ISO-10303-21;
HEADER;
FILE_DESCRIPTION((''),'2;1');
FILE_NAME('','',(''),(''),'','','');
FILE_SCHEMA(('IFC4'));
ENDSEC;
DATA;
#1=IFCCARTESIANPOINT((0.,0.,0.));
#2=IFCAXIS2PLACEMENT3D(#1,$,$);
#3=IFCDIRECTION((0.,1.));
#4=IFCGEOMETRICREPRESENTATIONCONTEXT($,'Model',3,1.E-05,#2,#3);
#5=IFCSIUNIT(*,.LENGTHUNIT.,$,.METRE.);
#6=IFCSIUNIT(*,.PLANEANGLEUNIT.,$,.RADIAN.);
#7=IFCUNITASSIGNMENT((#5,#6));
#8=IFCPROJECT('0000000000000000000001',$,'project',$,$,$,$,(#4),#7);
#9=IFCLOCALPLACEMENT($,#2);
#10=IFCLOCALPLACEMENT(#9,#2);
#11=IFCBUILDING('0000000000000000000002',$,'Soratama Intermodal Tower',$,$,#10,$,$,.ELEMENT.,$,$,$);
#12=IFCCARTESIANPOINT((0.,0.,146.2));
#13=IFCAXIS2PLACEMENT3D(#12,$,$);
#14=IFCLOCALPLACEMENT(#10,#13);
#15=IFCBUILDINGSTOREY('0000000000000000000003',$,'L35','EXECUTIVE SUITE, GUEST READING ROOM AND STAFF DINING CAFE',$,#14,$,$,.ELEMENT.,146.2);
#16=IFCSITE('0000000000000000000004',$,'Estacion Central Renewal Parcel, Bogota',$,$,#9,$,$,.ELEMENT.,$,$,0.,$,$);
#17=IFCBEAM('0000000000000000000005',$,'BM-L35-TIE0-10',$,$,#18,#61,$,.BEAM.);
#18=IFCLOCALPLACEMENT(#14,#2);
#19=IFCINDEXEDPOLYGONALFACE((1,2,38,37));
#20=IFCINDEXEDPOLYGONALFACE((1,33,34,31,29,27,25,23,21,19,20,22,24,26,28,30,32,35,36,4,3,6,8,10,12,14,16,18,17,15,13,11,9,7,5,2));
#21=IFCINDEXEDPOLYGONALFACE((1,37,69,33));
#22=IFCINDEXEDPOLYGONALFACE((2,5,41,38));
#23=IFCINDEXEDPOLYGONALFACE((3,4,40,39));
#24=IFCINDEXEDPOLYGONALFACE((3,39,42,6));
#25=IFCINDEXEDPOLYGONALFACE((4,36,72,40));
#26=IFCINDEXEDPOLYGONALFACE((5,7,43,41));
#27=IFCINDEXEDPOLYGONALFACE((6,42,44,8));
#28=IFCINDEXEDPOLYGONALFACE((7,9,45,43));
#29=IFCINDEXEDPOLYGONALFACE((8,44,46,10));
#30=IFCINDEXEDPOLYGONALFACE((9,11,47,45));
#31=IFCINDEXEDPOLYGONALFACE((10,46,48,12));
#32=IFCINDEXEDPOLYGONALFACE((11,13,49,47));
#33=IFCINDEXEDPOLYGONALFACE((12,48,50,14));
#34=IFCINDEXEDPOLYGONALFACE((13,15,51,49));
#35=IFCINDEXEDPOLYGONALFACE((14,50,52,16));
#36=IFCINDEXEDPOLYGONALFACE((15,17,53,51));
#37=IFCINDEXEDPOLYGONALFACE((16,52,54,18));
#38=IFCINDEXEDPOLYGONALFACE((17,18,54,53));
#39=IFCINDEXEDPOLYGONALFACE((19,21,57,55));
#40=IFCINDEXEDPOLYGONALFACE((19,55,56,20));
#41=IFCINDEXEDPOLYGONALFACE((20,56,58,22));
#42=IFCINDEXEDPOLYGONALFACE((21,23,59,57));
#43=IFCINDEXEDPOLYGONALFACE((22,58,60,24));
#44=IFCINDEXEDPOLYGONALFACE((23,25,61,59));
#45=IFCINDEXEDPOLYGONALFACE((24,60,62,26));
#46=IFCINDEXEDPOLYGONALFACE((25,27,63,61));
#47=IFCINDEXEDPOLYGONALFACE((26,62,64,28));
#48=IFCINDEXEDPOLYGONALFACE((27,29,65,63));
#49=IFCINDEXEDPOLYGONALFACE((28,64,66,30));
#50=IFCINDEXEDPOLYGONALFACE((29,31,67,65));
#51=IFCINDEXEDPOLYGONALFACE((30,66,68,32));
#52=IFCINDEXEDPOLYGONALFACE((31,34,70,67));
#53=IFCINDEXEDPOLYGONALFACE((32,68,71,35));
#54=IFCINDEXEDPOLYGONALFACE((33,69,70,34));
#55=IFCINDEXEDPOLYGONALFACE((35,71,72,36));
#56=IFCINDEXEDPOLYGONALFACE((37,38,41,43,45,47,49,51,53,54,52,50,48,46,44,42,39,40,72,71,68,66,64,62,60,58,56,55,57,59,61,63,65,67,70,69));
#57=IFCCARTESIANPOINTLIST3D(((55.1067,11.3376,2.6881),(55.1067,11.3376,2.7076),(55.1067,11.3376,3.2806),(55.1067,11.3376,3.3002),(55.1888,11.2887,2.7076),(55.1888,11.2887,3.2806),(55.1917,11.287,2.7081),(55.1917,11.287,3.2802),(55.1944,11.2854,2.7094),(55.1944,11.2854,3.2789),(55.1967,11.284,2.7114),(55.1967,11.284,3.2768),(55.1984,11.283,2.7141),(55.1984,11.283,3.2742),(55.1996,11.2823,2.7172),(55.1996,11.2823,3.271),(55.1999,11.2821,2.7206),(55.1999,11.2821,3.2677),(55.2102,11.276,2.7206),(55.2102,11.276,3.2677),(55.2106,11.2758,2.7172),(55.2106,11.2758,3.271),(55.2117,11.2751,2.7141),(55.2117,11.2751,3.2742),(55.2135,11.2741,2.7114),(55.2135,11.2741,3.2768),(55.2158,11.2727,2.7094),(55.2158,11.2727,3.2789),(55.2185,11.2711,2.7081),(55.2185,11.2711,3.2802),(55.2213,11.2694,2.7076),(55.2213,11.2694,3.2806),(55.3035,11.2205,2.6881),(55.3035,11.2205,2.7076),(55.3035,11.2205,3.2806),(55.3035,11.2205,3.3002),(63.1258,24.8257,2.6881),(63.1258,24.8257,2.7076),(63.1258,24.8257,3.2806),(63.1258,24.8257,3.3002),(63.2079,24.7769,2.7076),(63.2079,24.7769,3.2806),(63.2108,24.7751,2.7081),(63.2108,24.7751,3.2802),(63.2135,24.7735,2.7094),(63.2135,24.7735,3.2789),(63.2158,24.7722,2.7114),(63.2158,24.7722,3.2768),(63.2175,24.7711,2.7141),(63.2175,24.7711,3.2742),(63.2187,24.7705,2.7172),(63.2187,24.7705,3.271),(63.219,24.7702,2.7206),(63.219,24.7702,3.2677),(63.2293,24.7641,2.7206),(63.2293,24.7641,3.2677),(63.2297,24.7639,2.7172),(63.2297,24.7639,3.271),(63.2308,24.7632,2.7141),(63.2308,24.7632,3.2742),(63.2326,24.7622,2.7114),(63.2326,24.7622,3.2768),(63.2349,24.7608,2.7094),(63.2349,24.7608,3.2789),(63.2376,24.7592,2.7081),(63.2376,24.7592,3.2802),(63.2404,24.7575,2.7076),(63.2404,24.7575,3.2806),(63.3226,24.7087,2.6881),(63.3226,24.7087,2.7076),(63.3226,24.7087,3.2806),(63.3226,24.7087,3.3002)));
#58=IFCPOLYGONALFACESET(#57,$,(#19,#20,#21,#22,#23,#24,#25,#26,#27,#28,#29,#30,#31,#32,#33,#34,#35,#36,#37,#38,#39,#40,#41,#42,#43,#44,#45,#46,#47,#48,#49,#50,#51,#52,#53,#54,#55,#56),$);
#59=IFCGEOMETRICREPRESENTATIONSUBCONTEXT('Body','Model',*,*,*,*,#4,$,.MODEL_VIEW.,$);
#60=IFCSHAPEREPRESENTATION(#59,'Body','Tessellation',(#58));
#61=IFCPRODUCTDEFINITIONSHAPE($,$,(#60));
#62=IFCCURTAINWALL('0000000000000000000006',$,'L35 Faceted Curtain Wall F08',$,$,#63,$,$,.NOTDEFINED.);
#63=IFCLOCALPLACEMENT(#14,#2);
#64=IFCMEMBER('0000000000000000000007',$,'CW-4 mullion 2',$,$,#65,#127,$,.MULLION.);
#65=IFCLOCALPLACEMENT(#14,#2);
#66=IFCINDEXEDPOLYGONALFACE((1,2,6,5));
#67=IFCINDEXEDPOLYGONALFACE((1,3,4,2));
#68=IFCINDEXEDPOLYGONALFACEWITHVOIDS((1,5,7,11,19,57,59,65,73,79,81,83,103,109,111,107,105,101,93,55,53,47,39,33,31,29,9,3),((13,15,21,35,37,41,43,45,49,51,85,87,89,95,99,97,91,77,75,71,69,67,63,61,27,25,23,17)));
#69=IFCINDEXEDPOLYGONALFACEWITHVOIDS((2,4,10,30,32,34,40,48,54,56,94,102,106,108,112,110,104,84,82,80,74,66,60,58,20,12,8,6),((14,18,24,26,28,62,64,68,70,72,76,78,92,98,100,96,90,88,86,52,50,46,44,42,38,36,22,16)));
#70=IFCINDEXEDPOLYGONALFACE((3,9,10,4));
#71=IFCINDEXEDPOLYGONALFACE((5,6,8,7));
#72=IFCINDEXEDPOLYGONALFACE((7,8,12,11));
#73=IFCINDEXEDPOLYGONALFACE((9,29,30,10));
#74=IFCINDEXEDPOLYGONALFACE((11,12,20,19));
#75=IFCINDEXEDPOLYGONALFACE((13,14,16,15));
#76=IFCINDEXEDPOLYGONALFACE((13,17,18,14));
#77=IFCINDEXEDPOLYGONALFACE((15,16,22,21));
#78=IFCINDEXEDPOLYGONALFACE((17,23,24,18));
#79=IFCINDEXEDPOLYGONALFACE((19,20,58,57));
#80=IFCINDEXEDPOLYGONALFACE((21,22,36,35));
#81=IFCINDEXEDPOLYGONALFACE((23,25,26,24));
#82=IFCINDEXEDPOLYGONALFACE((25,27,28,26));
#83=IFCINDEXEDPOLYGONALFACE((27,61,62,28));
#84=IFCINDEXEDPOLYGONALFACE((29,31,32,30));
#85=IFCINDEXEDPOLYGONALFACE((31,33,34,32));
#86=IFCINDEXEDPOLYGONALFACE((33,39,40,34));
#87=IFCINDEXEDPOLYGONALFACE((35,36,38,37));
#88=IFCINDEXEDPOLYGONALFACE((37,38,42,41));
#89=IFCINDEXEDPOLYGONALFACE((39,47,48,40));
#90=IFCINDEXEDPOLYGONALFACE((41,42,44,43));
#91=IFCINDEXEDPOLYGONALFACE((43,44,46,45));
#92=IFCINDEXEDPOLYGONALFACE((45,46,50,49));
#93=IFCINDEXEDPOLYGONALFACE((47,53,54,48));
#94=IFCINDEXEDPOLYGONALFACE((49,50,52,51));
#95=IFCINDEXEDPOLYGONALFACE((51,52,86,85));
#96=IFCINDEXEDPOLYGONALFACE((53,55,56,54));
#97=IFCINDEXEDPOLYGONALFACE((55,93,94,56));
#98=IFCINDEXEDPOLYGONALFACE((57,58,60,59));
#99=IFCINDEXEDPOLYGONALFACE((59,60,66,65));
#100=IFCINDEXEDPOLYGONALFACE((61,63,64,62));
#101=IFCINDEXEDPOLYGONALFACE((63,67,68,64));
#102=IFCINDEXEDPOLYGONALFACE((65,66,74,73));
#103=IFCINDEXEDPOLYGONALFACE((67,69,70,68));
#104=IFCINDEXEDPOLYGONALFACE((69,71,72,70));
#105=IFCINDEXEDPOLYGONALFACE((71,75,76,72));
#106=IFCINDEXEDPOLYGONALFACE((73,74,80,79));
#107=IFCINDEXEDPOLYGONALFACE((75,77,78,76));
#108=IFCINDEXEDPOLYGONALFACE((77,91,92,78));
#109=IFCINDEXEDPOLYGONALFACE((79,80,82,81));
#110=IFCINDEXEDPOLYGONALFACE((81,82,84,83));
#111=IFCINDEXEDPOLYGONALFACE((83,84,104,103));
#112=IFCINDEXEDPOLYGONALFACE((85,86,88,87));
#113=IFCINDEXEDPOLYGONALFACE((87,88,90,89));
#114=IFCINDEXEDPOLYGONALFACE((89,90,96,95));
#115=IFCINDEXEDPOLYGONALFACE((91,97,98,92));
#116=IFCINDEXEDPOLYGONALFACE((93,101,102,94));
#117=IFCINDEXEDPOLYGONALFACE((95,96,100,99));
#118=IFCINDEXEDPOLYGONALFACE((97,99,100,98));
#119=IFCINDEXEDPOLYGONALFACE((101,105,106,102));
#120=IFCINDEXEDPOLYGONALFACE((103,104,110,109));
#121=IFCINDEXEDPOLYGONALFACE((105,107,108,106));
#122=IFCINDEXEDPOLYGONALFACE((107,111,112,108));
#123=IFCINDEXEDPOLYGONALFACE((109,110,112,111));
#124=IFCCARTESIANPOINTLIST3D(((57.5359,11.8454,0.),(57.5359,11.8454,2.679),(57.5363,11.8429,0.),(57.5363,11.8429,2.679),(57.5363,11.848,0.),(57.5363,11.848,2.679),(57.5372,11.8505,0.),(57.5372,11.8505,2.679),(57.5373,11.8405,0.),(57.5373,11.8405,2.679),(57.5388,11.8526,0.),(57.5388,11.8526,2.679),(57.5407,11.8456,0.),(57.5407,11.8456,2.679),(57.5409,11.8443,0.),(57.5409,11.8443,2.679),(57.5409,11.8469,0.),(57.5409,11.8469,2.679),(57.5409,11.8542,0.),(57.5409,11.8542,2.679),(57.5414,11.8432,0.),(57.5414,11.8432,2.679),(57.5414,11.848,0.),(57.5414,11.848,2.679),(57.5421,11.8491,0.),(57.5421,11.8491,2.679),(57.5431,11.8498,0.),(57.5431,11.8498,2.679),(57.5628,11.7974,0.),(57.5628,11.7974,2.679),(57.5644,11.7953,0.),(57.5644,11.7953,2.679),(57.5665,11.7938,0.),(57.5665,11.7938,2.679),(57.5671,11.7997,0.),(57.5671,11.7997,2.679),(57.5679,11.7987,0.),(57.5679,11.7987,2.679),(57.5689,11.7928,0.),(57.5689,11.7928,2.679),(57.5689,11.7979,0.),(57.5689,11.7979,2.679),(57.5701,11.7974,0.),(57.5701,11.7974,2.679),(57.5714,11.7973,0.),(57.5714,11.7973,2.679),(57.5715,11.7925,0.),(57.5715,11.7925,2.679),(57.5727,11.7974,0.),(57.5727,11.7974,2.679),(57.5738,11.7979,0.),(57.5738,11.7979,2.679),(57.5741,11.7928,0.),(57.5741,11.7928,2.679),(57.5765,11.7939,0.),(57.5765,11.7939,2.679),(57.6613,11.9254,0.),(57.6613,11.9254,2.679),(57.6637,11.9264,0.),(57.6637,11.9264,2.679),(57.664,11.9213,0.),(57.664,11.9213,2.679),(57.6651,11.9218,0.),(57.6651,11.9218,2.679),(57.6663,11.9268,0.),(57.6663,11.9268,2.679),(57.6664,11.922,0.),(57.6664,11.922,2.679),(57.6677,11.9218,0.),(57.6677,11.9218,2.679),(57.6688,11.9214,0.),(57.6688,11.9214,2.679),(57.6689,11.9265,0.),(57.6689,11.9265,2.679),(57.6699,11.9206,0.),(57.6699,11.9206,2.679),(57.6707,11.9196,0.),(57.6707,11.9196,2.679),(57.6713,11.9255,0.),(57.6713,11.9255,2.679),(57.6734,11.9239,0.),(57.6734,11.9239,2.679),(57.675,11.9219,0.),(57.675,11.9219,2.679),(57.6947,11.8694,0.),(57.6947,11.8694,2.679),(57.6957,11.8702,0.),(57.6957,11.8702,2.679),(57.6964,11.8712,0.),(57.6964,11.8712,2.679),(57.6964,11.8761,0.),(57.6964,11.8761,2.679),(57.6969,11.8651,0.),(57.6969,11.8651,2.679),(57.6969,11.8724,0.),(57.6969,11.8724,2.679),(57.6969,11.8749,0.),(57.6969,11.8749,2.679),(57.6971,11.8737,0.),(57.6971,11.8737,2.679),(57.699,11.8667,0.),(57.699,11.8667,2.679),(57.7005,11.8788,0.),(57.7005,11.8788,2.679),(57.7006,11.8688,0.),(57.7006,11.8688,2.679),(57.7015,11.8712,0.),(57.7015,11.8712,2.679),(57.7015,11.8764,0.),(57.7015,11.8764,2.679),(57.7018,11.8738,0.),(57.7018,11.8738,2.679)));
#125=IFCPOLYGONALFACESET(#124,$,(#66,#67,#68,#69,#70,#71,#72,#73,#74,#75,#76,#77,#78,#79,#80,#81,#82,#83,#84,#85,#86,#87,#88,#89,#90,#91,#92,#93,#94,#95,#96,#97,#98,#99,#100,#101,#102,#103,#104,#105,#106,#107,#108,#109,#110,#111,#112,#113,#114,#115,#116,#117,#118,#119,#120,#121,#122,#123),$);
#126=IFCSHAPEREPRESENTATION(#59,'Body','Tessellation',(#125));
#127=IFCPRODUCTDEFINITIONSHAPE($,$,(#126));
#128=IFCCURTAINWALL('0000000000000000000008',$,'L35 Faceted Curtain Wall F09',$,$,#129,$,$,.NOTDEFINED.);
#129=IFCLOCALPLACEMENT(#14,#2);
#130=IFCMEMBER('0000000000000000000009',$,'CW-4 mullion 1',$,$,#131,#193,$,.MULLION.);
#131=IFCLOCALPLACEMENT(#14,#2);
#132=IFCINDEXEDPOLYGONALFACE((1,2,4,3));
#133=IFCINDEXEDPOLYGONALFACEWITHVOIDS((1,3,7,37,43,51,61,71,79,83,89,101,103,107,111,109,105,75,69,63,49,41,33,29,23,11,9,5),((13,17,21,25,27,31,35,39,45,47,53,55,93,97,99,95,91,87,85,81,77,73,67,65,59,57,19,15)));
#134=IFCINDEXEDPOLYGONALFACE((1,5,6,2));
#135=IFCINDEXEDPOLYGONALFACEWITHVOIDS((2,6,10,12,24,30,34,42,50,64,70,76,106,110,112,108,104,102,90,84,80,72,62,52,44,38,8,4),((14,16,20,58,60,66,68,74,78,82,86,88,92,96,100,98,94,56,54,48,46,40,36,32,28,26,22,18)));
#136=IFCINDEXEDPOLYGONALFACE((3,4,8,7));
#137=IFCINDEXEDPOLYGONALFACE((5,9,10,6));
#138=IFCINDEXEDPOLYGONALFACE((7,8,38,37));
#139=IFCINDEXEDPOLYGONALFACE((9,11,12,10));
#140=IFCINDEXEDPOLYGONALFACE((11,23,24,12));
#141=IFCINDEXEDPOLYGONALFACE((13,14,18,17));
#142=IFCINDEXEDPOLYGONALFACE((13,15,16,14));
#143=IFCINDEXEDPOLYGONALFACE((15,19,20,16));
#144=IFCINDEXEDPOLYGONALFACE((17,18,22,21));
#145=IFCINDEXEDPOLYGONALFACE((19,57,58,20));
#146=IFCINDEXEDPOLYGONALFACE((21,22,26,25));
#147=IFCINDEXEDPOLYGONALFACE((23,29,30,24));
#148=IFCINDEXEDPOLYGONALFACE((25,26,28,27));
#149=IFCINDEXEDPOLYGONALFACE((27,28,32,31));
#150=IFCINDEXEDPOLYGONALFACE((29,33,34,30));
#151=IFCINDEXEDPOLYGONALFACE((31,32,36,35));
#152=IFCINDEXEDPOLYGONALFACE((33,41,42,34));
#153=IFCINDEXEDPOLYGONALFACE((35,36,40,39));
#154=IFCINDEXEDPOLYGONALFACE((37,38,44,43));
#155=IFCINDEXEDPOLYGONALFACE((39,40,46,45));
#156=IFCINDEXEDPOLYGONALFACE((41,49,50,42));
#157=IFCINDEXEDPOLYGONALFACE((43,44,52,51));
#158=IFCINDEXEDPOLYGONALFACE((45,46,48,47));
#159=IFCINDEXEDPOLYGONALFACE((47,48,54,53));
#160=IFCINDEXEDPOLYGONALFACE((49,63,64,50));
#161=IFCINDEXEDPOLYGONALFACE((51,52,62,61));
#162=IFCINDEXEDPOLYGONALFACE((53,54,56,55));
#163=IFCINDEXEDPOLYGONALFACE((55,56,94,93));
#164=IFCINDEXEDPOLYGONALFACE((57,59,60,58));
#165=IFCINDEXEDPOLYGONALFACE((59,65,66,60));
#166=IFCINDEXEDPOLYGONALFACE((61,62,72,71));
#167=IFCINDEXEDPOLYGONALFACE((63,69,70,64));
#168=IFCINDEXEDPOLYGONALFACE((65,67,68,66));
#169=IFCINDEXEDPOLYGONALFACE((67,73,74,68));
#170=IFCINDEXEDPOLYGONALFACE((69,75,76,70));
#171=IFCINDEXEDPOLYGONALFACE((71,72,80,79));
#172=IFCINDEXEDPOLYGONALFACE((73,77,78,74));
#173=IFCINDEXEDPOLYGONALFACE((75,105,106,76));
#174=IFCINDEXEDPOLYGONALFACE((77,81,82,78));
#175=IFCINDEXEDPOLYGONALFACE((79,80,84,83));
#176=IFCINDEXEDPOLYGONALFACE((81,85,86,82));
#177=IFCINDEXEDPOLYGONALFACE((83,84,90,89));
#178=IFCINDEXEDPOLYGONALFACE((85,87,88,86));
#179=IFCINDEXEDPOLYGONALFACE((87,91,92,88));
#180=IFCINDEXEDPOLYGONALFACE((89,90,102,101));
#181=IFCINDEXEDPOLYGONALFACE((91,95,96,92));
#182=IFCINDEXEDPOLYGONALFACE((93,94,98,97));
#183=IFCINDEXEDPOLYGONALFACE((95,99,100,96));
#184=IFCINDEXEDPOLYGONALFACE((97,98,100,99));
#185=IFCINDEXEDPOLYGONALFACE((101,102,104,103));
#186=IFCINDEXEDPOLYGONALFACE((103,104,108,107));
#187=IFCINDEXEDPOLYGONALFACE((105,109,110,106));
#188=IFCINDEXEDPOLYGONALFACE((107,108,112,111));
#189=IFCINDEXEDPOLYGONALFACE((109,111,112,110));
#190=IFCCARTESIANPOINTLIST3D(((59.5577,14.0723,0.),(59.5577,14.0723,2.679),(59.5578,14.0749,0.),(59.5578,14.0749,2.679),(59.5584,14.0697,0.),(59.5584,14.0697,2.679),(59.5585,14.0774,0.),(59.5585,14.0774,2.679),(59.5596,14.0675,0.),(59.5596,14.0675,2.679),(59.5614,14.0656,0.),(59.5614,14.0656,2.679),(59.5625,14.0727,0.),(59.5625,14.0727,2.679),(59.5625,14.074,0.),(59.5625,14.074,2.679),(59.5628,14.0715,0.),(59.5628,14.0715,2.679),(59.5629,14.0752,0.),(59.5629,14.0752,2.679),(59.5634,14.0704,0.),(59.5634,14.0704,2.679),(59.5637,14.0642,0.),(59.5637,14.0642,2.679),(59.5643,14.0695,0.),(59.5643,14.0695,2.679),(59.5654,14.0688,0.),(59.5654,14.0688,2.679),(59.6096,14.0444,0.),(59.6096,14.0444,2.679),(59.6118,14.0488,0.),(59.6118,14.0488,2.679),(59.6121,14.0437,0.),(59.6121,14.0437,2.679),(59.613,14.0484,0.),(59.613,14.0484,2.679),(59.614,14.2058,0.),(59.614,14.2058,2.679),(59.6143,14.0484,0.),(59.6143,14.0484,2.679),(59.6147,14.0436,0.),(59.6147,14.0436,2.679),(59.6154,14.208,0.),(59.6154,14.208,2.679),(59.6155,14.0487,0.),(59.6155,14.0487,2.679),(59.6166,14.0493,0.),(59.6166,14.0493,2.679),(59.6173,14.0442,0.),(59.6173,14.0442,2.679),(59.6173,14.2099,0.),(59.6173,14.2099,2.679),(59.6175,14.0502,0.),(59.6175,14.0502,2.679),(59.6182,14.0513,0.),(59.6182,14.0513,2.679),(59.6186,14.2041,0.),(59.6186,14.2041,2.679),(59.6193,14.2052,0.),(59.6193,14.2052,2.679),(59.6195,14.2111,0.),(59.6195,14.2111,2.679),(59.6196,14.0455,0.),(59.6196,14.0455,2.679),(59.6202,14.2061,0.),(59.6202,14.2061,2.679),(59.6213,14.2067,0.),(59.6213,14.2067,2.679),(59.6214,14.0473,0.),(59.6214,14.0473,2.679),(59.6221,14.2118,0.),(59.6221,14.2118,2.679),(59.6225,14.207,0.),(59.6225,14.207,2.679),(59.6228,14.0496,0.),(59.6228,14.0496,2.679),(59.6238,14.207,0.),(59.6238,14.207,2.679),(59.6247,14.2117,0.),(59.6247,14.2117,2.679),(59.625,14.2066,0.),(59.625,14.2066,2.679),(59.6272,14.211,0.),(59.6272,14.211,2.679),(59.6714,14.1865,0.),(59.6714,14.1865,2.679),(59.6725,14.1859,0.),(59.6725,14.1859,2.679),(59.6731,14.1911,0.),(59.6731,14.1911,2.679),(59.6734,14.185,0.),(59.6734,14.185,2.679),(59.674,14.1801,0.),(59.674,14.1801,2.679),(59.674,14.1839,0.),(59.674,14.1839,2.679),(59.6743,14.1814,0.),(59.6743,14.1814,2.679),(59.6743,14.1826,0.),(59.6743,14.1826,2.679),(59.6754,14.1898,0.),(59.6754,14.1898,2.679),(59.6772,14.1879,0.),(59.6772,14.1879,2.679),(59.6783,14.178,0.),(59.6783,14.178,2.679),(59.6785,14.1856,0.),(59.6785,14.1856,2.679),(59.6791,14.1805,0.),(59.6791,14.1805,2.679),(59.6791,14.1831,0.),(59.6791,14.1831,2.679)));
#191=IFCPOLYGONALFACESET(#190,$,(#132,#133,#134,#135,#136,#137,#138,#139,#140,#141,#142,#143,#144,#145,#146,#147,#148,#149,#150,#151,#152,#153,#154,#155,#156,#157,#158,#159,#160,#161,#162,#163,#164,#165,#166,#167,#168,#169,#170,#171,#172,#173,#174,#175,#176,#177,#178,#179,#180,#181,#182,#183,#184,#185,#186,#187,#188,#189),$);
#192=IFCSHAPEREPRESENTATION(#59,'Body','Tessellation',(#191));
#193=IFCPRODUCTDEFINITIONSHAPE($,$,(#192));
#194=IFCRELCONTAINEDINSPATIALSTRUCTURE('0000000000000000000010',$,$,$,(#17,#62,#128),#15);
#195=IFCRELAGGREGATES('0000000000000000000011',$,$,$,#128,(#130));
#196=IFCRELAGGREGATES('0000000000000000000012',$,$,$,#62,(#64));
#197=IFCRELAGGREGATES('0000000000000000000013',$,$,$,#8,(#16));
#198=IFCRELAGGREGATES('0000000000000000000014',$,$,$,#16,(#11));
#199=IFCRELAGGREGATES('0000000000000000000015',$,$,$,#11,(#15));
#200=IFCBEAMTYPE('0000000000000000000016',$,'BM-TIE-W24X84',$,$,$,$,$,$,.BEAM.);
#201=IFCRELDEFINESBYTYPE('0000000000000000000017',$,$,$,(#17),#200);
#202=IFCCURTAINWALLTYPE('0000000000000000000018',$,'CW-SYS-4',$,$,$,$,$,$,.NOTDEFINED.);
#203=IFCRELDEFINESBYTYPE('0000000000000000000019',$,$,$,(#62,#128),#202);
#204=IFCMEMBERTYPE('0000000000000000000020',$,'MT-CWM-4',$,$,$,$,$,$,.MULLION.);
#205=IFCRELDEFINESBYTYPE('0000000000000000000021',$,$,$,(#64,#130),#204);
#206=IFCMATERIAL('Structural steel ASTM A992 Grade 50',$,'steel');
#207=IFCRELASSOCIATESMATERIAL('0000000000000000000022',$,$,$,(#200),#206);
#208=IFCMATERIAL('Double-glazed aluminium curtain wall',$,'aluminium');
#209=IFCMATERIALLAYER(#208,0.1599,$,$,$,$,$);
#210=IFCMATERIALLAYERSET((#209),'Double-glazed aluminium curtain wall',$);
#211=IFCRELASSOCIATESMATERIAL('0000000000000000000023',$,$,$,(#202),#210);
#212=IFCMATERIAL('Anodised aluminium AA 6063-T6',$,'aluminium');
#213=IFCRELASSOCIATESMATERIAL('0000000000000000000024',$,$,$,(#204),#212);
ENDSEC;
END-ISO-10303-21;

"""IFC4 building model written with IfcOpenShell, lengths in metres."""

from ifc_helpers import new_model, si_unit, direction, frame, origin, origin_2d, place, context, subcontext, project, spatial, hollow_rectangle, i_section, extrude, material, layer, layer_set, material_profile, profile_set, type_object, element, aggregate, save


model = new_model("IFC4")

# Units and contexts
model_context = context("Model", 3, precision=1e-05, world=origin(), true_north=direction((0.0, 1.0)))
body_context = subcontext(model_context, "Body", "Model", "MODEL_VIEW")
ifc_project = project(units=[si_unit("LENGTHUNIT", "METRE"), si_unit("PLANEANGLEUNIT", "RADIAN")], contexts=[model_context])

# Site, building, storey
site_placement = place(None, origin())
site = spatial("IfcSite", under=ifc_project, at=site_placement, Name="Estacion Central Renewal Parcel, Bogota", CompositionType="ELEMENT", RefElevation=0.0)
building_placement = place(site_placement, origin())
building = spatial("IfcBuilding", under=site, at=building_placement, Name="Soratama Intermodal Tower", CompositionType="ELEMENT")
storey_placement = place(building_placement, frame((0.0, 0.0, 146.2)))
storey = spatial("IfcBuildingStorey", under=building, at=storey_placement, Name="L35", Description="EXECUTIVE SUITE, GUEST READING ROOM AND STAFF DINING CAFE", CompositionType="ELEMENT", Elevation=146.2)

# Beam
ifc_material_1 = material(Name="Structural steel ASTM A992 Grade 50", Category="steel")
ifc_material_profile_1 = material_profile(ifc_material_1, i_section(OverallWidth=0.229, OverallDepth=0.6121, WebThickness=0.012, FlangeThickness=0.0195, FilletRadius=0.0129, at=origin_2d()), Name="W24X84")
ifc_profile_set_1 = profile_set([ifc_material_profile_1], Name="Structural steel ASTM A992 Grade 50")
beam_type_1 = type_object("IfcBeamType", Name="BM-TIE-W24X84", PredefinedType="BEAM", material=ifc_profile_set_1)
beam_1_placement = place(storey_placement, frame((55.2051, 11.2791, 2.9941), z_axis=(0.511034, 0.85956, 0.0), x_axis=(-0.85956, 0.511034, 0.0)))
element("IfcBeam", 1, at=beam_1_placement, inside=storey, type_object=beam_type_1, Name="BM-L35-TIE0-10", PredefinedType="BEAM", context=body_context, shape_type="SweptSolid", body=[
    extrude(i_section(OverallWidth=0.229, OverallDepth=0.6121, WebThickness=0.012, FlangeThickness=0.0195, FilletRadius=0.0129, at=origin_2d()), origin(), (0.0, 0.0, 1.0), 15.6919),
])

# Curtain wall, member
ifc_material_2 = material(Name="Double-glazed aluminium curtain wall", Category="aluminium")
ifc_layer_1 = layer(ifc_material_2, 0.1599)
ifc_layer_set_1 = layer_set([ifc_layer_1], Name="Double-glazed aluminium curtain wall")
curtain_wall_type = type_object("IfcCurtainWallType", Name="CW-SYS-4", PredefinedType="NOTDEFINED", material=ifc_layer_set_1)
curtain_wall_1_placement = place(storey_placement, origin())
curtain_wall_1 = element("IfcCurtainWall", 2, at=curtain_wall_1_placement, inside=storey, type_object=curtain_wall_type, Name="L35 Faceted Curtain Wall F08", PredefinedType="NOTDEFINED")
ifc_material_3 = material(Name="Anodised aluminium AA 6063-T6", Category="aluminium")
ifc_material_profile_2 = material_profile(ifc_material_3, hollow_rectangle(XDim=0.0701, YDim=0.1599, WallThickness=0.0049, InnerFilletRadius=0.0049, OuterFilletRadius=0.01, at=origin_2d()), Name="CWM160X70X5")
ifc_profile_set_2 = profile_set([ifc_material_profile_2], Name="Anodised aluminium AA 6063-T6")
member_type_1 = type_object("IfcMemberType", Name="MT-CWM-4", PredefinedType="MULLION", material=ifc_profile_set_2)
member_1_placement = place(storey_placement, frame((57.6189, 11.8596, 0.0), z_axis=(0.0, 0.0, 1.0), x_axis=(-0.509044, 0.860741, 0.0)))
member_1 = element("IfcMember", 3, at=member_1_placement, type_object=member_type_1, Name="CW-4 mullion 2", PredefinedType="MULLION", context=body_context, shape_type="SweptSolid", body=[
    extrude(hollow_rectangle(XDim=0.0701, YDim=0.1599, WallThickness=0.0049, InnerFilletRadius=0.0049, OuterFilletRadius=0.01, at=origin_2d()), origin(), (0.0, 0.0, 1.0), 2.679),
])

# Curtain wall, member
curtain_wall_2_placement = place(storey_placement, origin())
curtain_wall_2 = element("IfcCurtainWall", 4, at=curtain_wall_2_placement, inside=storey, type_object=curtain_wall_type, Name="L35 Faceted Curtain Wall F09", PredefinedType="NOTDEFINED")
member_2_placement = place(storey_placement, frame((59.6184, 14.1277, 0.0), z_axis=(0.0, 0.0, 1.0), x_axis=(-0.917757, 0.397142, 0.0)))
member_2 = element("IfcMember", 5, at=member_2_placement, type_object=member_type_1, Name="CW-4 mullion 1", PredefinedType="MULLION", context=body_context, shape_type="SweptSolid", body=[
    extrude(hollow_rectangle(XDim=0.0701, YDim=0.1599, WallThickness=0.0049, InnerFilletRadius=0.0049, OuterFilletRadius=0.01, at=origin_2d()), origin(), (0.0, 0.0, 1.0), 2.679),
])
aggregate(curtain_wall_2, [member_2])

aggregate(curtain_wall_1, [member_1])

save(model, "model.ifc")
